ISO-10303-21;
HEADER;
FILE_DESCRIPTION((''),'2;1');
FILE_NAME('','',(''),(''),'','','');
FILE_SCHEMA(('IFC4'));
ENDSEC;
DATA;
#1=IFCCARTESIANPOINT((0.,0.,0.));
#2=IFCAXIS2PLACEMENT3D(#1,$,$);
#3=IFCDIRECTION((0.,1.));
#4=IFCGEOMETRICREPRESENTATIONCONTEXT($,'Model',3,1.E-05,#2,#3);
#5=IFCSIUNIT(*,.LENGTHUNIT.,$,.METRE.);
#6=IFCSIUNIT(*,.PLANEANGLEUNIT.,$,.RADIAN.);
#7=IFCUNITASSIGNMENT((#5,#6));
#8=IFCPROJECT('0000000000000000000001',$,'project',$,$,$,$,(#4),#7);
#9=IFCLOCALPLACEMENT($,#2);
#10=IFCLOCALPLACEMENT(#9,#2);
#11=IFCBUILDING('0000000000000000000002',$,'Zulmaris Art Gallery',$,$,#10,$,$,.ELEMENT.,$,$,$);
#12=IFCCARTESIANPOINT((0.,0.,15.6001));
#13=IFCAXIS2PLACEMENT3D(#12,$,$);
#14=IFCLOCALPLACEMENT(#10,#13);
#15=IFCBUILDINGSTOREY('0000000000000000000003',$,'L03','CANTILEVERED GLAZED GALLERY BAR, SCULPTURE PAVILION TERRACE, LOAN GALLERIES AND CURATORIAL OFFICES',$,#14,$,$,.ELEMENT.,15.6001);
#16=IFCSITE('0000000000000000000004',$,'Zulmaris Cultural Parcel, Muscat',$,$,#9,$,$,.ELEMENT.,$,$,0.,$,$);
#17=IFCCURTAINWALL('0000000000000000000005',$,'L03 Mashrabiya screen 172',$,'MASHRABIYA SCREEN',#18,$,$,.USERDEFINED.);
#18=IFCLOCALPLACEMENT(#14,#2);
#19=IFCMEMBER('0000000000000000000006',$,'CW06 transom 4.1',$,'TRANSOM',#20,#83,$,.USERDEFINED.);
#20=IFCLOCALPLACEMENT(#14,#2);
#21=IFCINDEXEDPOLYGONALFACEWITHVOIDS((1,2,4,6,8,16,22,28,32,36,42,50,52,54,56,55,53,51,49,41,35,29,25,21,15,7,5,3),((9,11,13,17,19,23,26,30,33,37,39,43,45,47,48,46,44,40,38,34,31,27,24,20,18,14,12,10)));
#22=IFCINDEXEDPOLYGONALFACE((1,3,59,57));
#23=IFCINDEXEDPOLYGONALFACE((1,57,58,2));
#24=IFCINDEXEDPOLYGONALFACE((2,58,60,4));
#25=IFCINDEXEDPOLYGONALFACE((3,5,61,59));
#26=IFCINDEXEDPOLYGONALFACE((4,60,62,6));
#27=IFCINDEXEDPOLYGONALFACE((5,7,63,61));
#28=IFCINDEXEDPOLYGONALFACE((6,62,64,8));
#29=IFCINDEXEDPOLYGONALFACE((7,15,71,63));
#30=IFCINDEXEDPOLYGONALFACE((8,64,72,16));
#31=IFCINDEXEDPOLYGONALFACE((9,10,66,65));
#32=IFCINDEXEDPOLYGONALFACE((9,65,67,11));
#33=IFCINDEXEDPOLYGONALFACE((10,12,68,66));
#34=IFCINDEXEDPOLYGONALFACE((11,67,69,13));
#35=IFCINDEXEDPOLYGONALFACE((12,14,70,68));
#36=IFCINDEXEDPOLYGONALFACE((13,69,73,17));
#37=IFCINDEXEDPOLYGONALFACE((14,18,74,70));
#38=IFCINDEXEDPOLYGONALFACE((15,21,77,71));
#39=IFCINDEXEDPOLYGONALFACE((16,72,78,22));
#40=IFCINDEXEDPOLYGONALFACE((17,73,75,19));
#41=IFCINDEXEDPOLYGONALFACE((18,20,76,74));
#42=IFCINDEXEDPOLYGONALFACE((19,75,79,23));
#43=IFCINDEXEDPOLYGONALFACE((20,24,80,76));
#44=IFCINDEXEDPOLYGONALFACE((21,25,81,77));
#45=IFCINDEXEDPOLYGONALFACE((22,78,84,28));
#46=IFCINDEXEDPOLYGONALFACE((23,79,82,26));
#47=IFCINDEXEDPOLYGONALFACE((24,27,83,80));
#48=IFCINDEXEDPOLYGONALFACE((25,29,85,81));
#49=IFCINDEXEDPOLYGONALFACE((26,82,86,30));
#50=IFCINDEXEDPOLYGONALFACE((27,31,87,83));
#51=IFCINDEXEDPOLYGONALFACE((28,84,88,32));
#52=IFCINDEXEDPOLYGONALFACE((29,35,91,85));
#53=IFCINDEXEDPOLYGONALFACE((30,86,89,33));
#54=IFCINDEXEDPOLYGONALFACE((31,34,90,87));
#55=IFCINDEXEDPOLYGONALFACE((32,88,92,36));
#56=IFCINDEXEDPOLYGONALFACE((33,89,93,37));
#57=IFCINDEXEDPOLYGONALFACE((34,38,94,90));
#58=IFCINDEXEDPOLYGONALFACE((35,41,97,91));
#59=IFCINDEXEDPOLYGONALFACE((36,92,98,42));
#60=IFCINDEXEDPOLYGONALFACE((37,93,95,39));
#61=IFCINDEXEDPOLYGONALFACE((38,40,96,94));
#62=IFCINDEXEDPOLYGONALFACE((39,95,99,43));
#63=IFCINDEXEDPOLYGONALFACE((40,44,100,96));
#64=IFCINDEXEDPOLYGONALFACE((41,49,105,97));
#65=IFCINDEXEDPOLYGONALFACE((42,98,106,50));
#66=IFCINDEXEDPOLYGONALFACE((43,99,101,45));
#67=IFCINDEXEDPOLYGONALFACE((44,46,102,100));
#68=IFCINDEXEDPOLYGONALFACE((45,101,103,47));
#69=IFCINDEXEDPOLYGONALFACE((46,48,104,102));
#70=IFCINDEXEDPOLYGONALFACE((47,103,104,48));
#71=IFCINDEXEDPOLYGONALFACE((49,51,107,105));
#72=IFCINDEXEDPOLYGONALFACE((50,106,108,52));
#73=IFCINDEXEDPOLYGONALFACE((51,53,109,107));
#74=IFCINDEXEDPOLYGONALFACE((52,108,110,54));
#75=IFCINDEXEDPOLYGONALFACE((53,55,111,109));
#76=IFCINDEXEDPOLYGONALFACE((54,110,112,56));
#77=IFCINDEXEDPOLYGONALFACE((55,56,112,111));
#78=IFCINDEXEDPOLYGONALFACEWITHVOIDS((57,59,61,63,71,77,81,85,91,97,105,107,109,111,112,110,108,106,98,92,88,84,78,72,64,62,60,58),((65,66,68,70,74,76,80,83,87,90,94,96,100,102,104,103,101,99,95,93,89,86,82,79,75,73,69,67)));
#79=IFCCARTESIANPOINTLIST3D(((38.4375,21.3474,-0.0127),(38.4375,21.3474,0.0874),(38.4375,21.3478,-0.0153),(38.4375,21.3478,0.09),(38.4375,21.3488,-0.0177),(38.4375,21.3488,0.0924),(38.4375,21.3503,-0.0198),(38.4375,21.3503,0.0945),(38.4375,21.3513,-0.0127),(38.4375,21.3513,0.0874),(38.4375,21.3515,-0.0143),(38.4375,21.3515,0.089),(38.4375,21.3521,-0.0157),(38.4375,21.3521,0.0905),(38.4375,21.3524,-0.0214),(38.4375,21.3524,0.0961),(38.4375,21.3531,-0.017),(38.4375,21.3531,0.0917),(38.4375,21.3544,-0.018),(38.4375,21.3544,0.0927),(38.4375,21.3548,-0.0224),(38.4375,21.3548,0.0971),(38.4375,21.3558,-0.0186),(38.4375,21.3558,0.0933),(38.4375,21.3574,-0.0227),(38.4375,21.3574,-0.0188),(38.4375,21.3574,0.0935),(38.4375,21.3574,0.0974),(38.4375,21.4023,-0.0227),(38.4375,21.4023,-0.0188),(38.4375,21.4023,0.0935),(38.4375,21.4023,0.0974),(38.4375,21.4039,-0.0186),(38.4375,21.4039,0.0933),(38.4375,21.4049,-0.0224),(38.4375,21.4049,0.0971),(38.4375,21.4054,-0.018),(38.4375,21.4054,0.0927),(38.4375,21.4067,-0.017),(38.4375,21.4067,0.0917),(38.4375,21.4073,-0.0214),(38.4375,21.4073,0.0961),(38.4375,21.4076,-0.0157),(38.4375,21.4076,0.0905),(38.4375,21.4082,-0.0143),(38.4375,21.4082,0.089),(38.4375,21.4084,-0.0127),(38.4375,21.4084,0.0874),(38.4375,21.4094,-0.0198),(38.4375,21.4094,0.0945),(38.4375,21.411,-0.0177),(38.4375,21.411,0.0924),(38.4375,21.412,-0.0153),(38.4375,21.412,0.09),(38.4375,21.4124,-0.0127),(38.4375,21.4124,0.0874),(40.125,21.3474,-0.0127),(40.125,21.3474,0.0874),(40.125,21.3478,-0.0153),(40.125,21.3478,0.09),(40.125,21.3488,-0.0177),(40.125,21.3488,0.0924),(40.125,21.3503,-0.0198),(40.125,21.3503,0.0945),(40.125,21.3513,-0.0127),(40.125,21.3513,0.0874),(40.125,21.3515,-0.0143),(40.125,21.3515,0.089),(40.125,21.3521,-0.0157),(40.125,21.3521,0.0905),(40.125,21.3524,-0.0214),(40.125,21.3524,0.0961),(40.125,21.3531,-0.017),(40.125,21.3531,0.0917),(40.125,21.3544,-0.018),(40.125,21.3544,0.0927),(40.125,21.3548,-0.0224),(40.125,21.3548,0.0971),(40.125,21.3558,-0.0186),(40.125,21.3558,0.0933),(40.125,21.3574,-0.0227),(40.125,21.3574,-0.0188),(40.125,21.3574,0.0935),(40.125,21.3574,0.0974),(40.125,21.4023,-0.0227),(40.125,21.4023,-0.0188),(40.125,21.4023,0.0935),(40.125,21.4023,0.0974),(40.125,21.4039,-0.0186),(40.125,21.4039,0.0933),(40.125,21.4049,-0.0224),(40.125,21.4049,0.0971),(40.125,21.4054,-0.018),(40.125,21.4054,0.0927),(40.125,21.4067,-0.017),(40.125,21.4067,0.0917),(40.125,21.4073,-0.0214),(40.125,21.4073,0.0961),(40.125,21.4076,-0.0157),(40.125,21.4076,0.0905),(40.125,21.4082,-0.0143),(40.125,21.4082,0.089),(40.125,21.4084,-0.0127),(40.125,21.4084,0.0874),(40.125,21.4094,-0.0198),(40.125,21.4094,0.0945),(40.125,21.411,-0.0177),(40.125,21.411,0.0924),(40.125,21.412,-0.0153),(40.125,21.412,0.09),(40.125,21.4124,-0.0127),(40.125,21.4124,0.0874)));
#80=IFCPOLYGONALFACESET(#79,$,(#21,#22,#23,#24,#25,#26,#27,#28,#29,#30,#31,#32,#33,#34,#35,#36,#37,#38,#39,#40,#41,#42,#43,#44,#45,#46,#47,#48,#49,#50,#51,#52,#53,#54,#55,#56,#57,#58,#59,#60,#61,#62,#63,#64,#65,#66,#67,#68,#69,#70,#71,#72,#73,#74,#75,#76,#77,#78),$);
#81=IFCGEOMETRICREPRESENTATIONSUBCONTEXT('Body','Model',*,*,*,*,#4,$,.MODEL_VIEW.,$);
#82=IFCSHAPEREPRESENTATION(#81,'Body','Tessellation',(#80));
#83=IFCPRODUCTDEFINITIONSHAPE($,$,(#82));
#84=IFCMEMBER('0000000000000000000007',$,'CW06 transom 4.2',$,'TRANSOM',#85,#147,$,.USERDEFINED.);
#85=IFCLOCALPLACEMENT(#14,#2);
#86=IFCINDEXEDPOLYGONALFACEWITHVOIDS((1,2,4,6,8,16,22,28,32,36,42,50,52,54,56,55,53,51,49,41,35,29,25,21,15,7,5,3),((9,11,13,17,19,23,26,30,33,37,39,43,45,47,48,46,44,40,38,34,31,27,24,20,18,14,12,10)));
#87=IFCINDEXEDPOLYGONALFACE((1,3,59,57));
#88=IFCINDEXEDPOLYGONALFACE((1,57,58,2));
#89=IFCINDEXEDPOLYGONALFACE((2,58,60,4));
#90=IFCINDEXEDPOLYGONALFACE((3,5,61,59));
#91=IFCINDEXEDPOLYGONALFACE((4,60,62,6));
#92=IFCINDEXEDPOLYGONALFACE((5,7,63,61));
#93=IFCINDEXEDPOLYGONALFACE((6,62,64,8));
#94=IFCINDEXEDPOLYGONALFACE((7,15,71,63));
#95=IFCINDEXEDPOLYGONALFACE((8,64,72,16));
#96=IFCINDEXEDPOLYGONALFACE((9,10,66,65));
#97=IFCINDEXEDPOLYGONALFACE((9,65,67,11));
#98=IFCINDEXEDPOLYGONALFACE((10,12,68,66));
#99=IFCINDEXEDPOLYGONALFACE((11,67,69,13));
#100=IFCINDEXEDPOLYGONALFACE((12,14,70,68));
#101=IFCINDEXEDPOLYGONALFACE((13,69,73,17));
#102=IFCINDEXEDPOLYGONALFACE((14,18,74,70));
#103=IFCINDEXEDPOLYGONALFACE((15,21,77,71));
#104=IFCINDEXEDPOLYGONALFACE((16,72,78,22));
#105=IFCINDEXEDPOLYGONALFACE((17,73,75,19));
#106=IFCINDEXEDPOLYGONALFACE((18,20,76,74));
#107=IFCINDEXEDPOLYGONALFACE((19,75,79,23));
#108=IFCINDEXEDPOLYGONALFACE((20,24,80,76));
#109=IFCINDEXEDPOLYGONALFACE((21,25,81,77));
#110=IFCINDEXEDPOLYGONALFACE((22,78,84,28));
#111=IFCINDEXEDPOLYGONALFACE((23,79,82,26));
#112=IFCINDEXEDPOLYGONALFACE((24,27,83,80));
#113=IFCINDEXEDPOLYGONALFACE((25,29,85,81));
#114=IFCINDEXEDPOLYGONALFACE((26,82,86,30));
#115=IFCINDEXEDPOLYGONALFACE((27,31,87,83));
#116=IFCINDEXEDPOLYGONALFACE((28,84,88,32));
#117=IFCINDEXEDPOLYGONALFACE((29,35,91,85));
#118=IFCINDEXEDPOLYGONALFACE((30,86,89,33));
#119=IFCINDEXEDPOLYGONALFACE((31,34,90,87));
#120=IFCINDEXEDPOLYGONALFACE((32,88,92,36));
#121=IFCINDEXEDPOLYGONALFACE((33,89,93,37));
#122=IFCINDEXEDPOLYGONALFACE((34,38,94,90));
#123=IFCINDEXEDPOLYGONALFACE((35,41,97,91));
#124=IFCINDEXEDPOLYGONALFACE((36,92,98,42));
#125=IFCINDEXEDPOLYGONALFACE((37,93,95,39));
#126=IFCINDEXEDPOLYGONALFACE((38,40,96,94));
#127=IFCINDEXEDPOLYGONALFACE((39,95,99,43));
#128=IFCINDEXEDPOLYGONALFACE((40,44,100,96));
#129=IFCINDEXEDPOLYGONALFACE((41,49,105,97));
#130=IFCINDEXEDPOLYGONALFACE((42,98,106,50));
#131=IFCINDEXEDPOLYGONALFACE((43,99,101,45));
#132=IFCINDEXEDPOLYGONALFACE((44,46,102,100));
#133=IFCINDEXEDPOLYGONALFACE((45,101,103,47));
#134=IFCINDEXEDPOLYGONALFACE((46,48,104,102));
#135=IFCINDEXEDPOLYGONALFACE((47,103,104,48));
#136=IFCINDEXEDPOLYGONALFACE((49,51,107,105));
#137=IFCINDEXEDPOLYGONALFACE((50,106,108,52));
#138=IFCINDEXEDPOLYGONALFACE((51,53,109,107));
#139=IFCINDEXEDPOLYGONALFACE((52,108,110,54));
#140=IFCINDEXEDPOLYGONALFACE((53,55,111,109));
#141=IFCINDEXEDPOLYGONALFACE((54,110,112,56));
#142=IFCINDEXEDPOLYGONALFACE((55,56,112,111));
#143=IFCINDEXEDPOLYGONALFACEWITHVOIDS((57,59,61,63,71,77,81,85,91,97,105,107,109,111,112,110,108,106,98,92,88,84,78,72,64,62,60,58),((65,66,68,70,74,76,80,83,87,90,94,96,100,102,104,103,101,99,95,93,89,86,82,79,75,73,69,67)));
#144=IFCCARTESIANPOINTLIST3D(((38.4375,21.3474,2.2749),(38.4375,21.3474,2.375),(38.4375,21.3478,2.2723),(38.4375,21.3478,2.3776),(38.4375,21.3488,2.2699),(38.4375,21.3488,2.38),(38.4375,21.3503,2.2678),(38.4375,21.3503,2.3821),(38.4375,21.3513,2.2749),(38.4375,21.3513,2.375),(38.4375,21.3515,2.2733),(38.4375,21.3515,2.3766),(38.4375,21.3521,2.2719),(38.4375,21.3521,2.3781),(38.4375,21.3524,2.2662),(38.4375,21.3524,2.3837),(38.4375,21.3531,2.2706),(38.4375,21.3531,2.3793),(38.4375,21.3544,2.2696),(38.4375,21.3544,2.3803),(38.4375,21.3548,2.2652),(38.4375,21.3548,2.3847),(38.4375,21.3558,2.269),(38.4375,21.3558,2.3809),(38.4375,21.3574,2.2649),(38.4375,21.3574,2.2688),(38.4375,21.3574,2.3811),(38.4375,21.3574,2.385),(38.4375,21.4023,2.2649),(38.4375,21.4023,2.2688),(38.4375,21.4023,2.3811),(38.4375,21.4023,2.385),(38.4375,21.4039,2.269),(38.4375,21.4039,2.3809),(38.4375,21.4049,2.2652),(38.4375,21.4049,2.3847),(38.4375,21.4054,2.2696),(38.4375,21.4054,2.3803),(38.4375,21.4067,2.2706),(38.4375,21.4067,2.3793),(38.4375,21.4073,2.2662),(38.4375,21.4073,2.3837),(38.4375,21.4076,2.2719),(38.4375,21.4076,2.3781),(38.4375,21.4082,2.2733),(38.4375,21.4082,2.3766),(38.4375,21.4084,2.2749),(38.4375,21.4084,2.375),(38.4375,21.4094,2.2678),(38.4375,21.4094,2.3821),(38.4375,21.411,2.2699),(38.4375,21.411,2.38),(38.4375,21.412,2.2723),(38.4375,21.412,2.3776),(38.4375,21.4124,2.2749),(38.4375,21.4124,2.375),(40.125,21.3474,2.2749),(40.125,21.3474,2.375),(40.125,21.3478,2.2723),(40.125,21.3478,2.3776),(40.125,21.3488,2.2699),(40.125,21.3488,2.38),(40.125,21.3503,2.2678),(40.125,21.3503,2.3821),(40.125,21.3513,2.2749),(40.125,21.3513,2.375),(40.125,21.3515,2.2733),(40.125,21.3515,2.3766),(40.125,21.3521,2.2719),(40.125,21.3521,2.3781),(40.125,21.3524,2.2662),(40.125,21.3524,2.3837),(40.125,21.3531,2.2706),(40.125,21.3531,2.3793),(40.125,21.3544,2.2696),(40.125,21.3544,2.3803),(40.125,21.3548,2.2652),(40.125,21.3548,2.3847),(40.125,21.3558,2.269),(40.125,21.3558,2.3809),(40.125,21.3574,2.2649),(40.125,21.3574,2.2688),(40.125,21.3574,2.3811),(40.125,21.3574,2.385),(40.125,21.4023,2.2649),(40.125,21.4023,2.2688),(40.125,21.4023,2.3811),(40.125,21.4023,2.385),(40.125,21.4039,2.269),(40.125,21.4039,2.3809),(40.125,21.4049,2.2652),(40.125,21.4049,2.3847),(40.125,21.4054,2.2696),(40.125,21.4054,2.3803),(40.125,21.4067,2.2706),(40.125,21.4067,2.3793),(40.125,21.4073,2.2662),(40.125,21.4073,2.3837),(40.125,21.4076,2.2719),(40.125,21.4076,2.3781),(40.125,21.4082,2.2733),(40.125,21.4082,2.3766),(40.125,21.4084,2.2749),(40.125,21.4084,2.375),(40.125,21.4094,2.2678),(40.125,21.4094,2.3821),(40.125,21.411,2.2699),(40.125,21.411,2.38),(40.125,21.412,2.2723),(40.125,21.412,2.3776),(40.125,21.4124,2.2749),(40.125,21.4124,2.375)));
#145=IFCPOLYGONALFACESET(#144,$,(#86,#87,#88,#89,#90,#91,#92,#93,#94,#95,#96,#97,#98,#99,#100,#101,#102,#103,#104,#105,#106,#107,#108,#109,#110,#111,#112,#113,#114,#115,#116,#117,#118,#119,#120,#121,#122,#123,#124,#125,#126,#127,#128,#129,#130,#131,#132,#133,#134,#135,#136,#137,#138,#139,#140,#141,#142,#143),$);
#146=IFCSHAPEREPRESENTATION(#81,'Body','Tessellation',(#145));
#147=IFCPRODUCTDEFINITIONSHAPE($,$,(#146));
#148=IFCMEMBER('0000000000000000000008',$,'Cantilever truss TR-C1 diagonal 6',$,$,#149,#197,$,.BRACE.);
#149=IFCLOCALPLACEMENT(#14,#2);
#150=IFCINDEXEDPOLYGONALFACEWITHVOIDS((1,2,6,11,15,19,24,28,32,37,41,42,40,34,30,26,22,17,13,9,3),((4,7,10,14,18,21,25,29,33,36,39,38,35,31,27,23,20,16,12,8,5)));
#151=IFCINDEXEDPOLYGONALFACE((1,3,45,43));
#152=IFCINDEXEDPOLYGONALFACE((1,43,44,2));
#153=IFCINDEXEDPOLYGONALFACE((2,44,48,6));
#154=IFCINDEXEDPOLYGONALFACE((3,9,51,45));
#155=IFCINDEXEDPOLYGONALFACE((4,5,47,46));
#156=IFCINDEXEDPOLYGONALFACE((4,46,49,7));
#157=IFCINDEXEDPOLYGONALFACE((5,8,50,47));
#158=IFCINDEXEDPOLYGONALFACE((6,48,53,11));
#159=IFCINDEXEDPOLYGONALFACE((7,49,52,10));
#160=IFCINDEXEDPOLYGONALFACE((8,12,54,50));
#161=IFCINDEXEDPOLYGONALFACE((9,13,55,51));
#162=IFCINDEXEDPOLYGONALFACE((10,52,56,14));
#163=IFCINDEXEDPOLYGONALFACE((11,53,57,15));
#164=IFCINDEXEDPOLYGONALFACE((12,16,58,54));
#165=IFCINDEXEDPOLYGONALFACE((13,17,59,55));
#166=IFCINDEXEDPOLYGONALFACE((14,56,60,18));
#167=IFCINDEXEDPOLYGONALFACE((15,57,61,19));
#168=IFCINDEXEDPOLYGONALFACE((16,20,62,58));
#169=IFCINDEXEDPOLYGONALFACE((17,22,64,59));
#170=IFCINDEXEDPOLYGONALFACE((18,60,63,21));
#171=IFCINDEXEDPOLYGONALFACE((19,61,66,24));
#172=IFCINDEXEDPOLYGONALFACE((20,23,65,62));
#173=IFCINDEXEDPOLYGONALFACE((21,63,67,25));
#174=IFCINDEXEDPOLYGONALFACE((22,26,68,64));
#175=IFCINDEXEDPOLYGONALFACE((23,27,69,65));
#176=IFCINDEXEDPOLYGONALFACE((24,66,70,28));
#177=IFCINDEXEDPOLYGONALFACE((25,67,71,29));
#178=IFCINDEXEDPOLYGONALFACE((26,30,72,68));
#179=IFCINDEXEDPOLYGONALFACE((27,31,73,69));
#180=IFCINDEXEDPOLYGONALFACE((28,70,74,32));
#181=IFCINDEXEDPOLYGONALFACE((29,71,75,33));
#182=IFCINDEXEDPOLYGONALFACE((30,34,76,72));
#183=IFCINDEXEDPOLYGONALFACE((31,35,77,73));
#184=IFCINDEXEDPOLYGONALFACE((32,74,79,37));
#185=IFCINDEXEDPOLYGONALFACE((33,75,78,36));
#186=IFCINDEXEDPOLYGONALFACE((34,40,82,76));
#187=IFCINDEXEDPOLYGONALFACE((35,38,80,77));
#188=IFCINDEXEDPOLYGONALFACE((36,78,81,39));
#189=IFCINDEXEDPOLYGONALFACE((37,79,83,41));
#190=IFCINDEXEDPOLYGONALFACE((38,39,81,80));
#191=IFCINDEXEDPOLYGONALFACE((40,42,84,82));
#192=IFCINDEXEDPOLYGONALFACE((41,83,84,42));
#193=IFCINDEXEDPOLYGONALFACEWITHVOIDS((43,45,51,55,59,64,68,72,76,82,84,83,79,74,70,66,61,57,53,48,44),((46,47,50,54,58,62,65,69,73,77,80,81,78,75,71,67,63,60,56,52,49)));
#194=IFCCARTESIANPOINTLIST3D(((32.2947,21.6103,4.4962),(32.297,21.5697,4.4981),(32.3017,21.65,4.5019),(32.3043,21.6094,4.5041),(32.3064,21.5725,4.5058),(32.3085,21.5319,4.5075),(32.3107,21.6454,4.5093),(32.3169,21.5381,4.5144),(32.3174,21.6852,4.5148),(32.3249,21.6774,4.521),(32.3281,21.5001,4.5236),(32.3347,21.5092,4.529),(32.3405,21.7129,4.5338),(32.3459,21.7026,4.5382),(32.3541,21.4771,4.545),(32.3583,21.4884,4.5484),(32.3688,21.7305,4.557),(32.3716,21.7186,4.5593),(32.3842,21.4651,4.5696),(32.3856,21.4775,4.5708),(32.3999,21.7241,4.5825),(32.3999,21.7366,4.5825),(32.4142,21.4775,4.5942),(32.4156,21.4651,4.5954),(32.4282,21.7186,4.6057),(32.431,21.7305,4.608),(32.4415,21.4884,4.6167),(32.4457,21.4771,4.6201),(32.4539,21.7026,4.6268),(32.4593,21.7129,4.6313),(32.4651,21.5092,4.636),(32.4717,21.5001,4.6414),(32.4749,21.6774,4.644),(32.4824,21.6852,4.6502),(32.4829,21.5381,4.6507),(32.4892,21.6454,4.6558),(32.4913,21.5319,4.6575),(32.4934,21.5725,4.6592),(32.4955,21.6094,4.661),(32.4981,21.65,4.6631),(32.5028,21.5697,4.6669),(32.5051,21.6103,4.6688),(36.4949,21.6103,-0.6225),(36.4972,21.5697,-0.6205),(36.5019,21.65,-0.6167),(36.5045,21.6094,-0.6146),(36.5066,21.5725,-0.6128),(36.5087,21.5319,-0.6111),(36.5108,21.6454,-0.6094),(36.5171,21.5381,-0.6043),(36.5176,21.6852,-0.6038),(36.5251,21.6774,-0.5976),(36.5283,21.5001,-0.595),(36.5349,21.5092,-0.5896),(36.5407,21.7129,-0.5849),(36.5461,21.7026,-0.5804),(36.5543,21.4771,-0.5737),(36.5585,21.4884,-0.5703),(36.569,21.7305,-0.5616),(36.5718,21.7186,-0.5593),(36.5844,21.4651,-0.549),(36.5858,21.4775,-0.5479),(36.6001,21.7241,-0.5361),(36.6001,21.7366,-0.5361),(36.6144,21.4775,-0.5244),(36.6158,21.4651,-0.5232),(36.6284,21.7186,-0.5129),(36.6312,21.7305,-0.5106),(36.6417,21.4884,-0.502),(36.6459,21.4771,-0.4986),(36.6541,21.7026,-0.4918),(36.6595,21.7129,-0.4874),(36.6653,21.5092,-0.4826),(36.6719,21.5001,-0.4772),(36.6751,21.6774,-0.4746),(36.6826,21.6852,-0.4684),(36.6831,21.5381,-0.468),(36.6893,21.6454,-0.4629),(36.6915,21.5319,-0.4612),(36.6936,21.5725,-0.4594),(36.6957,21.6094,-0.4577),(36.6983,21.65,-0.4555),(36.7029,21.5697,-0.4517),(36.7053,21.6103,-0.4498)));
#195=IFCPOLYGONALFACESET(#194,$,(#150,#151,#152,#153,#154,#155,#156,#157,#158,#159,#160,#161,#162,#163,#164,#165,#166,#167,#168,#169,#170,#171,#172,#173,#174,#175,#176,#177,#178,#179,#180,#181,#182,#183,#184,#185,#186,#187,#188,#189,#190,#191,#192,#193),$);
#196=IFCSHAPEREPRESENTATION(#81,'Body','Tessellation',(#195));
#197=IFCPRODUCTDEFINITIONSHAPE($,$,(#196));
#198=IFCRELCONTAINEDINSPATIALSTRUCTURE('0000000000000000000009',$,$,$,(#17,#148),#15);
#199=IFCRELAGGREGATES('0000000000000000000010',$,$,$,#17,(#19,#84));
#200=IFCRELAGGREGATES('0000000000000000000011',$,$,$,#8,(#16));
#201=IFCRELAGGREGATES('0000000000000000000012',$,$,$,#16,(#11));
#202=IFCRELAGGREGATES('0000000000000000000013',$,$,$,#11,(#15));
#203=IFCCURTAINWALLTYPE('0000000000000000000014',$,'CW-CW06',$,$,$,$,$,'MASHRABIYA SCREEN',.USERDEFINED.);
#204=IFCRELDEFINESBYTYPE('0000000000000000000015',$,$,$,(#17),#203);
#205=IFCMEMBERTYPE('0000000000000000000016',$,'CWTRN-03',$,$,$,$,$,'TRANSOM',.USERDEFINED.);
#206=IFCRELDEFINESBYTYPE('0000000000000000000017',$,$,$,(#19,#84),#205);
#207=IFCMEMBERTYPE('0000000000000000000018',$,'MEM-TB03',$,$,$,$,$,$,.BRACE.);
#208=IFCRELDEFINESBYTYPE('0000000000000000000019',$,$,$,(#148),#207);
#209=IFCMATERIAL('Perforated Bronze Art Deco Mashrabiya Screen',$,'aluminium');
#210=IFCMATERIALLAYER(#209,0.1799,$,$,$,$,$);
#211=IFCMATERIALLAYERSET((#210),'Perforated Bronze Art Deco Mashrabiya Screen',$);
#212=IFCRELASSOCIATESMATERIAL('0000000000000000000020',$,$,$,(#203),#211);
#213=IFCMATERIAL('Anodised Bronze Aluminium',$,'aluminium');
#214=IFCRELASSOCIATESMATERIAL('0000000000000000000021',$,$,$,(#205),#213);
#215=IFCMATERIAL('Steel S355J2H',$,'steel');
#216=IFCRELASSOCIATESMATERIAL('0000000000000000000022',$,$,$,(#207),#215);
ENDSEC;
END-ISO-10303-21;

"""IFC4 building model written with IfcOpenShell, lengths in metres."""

from ifc_helpers import new_model, si_unit, direction, frame, origin, origin_2d, place, context, subcontext, project, spatial, hollow_rectangle, hollow_circle, extrude, material, layer, layer_set, material_profile, profile_set, type_object, element, aggregate, save


model = new_model("IFC4")

# Units and contexts
model_context = context("Model", 3, precision=1e-05, world=origin(), true_north=direction((0.0, 1.0)))
body_context = subcontext(model_context, "Body", "Model", "MODEL_VIEW")
ifc_project = project(units=[si_unit("LENGTHUNIT", "METRE"), si_unit("PLANEANGLEUNIT", "RADIAN")], contexts=[model_context])

# Site, building, storey
site_placement = place(None, origin())
site = spatial("IfcSite", under=ifc_project, at=site_placement, Name="Zulmaris Cultural Parcel, Muscat", CompositionType="ELEMENT", RefElevation=0.0)
building_placement = place(site_placement, origin())
building = spatial("IfcBuilding", under=site, at=building_placement, Name="Zulmaris Art Gallery", CompositionType="ELEMENT")
storey_placement = place(building_placement, frame((0.0, 0.0, 15.6001)))
storey = spatial("IfcBuildingStorey", under=building, at=storey_placement, Name="L03", Description="CANTILEVERED GLAZED GALLERY BAR, SCULPTURE PAVILION TERRACE, LOAN GALLERIES AND CURATORIAL OFFICES", CompositionType="ELEMENT", Elevation=15.6001)

# Curtain wall, members
ifc_material_1 = material(Name="Anodised Bronze Aluminium", Category="aluminium")
ifc_material_2 = material(Name="Perforated Bronze Art Deco Mashrabiya Screen", Category="aluminium")
ifc_layer_1 = layer(ifc_material_2, 0.1799)
ifc_layer_set_1 = layer_set([ifc_layer_1], Name="Perforated Bronze Art Deco Mashrabiya Screen")
curtain_wall_type_1 = type_object("IfcCurtainWallType", Name="CW-CW06", ElementType="MASHRABIYA SCREEN", PredefinedType="USERDEFINED", material=ifc_layer_set_1)
curtain_wall_1_placement = place(storey_placement, origin())
curtain_wall_1 = element("IfcCurtainWall", 1, at=curtain_wall_1_placement, inside=storey, type_object=curtain_wall_type_1, Name="L03 Mashrabiya screen 172", ObjectType="MASHRABIYA SCREEN", PredefinedType="USERDEFINED")
ifc_material_profile_1 = material_profile(ifc_material_1, hollow_rectangle(XDim=0.0649, YDim=0.1201, WallThickness=0.0039, InnerFilletRadius=0.0061, OuterFilletRadius=0.01, at=origin_2d()), Name="ALU 65x120x4")
ifc_profile_set_1 = profile_set([ifc_material_profile_1], Name="Anodised Bronze Aluminium")
member_type_1 = type_object("IfcMemberType", Name="CWTRN-03", ElementType="TRANSOM", PredefinedType="USERDEFINED", material=ifc_profile_set_1)
member_1_placement = place(storey_placement, frame((38.4375, 21.3799, 0.0374), z_axis=(1.0, 0.0, 0.0), x_axis=(0.0, 1.0, 0.0)))
member_1 = element("IfcMember", 2, at=member_1_placement, type_object=member_type_1, Name="CW06 transom 4.1", ObjectType="TRANSOM", PredefinedType="USERDEFINED", context=body_context, shape_type="SweptSolid", body=[
    extrude(hollow_rectangle(XDim=0.0649, YDim=0.1201, WallThickness=0.0039, InnerFilletRadius=0.0061, OuterFilletRadius=0.01, at=origin_2d()), origin(), (0.0, 0.0, 1.0), 1.6875),
])
member_2_placement = place(storey_placement, frame((38.4375, 21.3799, 2.325), z_axis=(1.0, 0.0, 0.0), x_axis=(0.0, 1.0, 0.0)))
member_2 = element("IfcMember", 3, at=member_2_placement, type_object=member_type_1, Name="CW06 transom 4.2", ObjectType="TRANSOM", PredefinedType="USERDEFINED", context=body_context, shape_type="SweptSolid", body=[
    extrude(hollow_rectangle(XDim=0.0649, YDim=0.1201, WallThickness=0.0039, InnerFilletRadius=0.0061, OuterFilletRadius=0.01, at=origin_2d()), origin(), (0.0, 0.0, 1.0), 1.6875),
])
aggregate(curtain_wall_1, [member_1, member_2])

# Member
ifc_material_3 = material(Name="Steel S355J2H", Category="steel")
ifc_material_profile_2 = material_profile(ifc_material_3, hollow_circle(Radius=0.1365, WallThickness=0.0125, at=origin_2d()), Name="CHS 273x12.5")
ifc_profile_set_2 = profile_set([ifc_material_profile_2], Name="Steel S355J2H")
member_type_2 = type_object("IfcMemberType", Name="MEM-TB03", PredefinedType="BRACE", material=ifc_profile_set_2)
member_3_placement = place(storey_placement, frame((32.3999, 21.6001, 4.5825), z_axis=(0.634341, 0.0, -0.773053), x_axis=(0.0, 1.0, 0.0)))
element("IfcMember", 4, at=member_3_placement, inside=storey, type_object=member_type_2, Name="Cantilever truss TR-C1 diagonal 6", PredefinedType="BRACE", context=body_context, shape_type="SweptSolid", body=[
    extrude(hollow_circle(Radius=0.1365, WallThickness=0.0125, at=origin_2d()), origin(), (0.0, 0.0, 1.0), 6.6213),
])

save(model, "model.ifc")
